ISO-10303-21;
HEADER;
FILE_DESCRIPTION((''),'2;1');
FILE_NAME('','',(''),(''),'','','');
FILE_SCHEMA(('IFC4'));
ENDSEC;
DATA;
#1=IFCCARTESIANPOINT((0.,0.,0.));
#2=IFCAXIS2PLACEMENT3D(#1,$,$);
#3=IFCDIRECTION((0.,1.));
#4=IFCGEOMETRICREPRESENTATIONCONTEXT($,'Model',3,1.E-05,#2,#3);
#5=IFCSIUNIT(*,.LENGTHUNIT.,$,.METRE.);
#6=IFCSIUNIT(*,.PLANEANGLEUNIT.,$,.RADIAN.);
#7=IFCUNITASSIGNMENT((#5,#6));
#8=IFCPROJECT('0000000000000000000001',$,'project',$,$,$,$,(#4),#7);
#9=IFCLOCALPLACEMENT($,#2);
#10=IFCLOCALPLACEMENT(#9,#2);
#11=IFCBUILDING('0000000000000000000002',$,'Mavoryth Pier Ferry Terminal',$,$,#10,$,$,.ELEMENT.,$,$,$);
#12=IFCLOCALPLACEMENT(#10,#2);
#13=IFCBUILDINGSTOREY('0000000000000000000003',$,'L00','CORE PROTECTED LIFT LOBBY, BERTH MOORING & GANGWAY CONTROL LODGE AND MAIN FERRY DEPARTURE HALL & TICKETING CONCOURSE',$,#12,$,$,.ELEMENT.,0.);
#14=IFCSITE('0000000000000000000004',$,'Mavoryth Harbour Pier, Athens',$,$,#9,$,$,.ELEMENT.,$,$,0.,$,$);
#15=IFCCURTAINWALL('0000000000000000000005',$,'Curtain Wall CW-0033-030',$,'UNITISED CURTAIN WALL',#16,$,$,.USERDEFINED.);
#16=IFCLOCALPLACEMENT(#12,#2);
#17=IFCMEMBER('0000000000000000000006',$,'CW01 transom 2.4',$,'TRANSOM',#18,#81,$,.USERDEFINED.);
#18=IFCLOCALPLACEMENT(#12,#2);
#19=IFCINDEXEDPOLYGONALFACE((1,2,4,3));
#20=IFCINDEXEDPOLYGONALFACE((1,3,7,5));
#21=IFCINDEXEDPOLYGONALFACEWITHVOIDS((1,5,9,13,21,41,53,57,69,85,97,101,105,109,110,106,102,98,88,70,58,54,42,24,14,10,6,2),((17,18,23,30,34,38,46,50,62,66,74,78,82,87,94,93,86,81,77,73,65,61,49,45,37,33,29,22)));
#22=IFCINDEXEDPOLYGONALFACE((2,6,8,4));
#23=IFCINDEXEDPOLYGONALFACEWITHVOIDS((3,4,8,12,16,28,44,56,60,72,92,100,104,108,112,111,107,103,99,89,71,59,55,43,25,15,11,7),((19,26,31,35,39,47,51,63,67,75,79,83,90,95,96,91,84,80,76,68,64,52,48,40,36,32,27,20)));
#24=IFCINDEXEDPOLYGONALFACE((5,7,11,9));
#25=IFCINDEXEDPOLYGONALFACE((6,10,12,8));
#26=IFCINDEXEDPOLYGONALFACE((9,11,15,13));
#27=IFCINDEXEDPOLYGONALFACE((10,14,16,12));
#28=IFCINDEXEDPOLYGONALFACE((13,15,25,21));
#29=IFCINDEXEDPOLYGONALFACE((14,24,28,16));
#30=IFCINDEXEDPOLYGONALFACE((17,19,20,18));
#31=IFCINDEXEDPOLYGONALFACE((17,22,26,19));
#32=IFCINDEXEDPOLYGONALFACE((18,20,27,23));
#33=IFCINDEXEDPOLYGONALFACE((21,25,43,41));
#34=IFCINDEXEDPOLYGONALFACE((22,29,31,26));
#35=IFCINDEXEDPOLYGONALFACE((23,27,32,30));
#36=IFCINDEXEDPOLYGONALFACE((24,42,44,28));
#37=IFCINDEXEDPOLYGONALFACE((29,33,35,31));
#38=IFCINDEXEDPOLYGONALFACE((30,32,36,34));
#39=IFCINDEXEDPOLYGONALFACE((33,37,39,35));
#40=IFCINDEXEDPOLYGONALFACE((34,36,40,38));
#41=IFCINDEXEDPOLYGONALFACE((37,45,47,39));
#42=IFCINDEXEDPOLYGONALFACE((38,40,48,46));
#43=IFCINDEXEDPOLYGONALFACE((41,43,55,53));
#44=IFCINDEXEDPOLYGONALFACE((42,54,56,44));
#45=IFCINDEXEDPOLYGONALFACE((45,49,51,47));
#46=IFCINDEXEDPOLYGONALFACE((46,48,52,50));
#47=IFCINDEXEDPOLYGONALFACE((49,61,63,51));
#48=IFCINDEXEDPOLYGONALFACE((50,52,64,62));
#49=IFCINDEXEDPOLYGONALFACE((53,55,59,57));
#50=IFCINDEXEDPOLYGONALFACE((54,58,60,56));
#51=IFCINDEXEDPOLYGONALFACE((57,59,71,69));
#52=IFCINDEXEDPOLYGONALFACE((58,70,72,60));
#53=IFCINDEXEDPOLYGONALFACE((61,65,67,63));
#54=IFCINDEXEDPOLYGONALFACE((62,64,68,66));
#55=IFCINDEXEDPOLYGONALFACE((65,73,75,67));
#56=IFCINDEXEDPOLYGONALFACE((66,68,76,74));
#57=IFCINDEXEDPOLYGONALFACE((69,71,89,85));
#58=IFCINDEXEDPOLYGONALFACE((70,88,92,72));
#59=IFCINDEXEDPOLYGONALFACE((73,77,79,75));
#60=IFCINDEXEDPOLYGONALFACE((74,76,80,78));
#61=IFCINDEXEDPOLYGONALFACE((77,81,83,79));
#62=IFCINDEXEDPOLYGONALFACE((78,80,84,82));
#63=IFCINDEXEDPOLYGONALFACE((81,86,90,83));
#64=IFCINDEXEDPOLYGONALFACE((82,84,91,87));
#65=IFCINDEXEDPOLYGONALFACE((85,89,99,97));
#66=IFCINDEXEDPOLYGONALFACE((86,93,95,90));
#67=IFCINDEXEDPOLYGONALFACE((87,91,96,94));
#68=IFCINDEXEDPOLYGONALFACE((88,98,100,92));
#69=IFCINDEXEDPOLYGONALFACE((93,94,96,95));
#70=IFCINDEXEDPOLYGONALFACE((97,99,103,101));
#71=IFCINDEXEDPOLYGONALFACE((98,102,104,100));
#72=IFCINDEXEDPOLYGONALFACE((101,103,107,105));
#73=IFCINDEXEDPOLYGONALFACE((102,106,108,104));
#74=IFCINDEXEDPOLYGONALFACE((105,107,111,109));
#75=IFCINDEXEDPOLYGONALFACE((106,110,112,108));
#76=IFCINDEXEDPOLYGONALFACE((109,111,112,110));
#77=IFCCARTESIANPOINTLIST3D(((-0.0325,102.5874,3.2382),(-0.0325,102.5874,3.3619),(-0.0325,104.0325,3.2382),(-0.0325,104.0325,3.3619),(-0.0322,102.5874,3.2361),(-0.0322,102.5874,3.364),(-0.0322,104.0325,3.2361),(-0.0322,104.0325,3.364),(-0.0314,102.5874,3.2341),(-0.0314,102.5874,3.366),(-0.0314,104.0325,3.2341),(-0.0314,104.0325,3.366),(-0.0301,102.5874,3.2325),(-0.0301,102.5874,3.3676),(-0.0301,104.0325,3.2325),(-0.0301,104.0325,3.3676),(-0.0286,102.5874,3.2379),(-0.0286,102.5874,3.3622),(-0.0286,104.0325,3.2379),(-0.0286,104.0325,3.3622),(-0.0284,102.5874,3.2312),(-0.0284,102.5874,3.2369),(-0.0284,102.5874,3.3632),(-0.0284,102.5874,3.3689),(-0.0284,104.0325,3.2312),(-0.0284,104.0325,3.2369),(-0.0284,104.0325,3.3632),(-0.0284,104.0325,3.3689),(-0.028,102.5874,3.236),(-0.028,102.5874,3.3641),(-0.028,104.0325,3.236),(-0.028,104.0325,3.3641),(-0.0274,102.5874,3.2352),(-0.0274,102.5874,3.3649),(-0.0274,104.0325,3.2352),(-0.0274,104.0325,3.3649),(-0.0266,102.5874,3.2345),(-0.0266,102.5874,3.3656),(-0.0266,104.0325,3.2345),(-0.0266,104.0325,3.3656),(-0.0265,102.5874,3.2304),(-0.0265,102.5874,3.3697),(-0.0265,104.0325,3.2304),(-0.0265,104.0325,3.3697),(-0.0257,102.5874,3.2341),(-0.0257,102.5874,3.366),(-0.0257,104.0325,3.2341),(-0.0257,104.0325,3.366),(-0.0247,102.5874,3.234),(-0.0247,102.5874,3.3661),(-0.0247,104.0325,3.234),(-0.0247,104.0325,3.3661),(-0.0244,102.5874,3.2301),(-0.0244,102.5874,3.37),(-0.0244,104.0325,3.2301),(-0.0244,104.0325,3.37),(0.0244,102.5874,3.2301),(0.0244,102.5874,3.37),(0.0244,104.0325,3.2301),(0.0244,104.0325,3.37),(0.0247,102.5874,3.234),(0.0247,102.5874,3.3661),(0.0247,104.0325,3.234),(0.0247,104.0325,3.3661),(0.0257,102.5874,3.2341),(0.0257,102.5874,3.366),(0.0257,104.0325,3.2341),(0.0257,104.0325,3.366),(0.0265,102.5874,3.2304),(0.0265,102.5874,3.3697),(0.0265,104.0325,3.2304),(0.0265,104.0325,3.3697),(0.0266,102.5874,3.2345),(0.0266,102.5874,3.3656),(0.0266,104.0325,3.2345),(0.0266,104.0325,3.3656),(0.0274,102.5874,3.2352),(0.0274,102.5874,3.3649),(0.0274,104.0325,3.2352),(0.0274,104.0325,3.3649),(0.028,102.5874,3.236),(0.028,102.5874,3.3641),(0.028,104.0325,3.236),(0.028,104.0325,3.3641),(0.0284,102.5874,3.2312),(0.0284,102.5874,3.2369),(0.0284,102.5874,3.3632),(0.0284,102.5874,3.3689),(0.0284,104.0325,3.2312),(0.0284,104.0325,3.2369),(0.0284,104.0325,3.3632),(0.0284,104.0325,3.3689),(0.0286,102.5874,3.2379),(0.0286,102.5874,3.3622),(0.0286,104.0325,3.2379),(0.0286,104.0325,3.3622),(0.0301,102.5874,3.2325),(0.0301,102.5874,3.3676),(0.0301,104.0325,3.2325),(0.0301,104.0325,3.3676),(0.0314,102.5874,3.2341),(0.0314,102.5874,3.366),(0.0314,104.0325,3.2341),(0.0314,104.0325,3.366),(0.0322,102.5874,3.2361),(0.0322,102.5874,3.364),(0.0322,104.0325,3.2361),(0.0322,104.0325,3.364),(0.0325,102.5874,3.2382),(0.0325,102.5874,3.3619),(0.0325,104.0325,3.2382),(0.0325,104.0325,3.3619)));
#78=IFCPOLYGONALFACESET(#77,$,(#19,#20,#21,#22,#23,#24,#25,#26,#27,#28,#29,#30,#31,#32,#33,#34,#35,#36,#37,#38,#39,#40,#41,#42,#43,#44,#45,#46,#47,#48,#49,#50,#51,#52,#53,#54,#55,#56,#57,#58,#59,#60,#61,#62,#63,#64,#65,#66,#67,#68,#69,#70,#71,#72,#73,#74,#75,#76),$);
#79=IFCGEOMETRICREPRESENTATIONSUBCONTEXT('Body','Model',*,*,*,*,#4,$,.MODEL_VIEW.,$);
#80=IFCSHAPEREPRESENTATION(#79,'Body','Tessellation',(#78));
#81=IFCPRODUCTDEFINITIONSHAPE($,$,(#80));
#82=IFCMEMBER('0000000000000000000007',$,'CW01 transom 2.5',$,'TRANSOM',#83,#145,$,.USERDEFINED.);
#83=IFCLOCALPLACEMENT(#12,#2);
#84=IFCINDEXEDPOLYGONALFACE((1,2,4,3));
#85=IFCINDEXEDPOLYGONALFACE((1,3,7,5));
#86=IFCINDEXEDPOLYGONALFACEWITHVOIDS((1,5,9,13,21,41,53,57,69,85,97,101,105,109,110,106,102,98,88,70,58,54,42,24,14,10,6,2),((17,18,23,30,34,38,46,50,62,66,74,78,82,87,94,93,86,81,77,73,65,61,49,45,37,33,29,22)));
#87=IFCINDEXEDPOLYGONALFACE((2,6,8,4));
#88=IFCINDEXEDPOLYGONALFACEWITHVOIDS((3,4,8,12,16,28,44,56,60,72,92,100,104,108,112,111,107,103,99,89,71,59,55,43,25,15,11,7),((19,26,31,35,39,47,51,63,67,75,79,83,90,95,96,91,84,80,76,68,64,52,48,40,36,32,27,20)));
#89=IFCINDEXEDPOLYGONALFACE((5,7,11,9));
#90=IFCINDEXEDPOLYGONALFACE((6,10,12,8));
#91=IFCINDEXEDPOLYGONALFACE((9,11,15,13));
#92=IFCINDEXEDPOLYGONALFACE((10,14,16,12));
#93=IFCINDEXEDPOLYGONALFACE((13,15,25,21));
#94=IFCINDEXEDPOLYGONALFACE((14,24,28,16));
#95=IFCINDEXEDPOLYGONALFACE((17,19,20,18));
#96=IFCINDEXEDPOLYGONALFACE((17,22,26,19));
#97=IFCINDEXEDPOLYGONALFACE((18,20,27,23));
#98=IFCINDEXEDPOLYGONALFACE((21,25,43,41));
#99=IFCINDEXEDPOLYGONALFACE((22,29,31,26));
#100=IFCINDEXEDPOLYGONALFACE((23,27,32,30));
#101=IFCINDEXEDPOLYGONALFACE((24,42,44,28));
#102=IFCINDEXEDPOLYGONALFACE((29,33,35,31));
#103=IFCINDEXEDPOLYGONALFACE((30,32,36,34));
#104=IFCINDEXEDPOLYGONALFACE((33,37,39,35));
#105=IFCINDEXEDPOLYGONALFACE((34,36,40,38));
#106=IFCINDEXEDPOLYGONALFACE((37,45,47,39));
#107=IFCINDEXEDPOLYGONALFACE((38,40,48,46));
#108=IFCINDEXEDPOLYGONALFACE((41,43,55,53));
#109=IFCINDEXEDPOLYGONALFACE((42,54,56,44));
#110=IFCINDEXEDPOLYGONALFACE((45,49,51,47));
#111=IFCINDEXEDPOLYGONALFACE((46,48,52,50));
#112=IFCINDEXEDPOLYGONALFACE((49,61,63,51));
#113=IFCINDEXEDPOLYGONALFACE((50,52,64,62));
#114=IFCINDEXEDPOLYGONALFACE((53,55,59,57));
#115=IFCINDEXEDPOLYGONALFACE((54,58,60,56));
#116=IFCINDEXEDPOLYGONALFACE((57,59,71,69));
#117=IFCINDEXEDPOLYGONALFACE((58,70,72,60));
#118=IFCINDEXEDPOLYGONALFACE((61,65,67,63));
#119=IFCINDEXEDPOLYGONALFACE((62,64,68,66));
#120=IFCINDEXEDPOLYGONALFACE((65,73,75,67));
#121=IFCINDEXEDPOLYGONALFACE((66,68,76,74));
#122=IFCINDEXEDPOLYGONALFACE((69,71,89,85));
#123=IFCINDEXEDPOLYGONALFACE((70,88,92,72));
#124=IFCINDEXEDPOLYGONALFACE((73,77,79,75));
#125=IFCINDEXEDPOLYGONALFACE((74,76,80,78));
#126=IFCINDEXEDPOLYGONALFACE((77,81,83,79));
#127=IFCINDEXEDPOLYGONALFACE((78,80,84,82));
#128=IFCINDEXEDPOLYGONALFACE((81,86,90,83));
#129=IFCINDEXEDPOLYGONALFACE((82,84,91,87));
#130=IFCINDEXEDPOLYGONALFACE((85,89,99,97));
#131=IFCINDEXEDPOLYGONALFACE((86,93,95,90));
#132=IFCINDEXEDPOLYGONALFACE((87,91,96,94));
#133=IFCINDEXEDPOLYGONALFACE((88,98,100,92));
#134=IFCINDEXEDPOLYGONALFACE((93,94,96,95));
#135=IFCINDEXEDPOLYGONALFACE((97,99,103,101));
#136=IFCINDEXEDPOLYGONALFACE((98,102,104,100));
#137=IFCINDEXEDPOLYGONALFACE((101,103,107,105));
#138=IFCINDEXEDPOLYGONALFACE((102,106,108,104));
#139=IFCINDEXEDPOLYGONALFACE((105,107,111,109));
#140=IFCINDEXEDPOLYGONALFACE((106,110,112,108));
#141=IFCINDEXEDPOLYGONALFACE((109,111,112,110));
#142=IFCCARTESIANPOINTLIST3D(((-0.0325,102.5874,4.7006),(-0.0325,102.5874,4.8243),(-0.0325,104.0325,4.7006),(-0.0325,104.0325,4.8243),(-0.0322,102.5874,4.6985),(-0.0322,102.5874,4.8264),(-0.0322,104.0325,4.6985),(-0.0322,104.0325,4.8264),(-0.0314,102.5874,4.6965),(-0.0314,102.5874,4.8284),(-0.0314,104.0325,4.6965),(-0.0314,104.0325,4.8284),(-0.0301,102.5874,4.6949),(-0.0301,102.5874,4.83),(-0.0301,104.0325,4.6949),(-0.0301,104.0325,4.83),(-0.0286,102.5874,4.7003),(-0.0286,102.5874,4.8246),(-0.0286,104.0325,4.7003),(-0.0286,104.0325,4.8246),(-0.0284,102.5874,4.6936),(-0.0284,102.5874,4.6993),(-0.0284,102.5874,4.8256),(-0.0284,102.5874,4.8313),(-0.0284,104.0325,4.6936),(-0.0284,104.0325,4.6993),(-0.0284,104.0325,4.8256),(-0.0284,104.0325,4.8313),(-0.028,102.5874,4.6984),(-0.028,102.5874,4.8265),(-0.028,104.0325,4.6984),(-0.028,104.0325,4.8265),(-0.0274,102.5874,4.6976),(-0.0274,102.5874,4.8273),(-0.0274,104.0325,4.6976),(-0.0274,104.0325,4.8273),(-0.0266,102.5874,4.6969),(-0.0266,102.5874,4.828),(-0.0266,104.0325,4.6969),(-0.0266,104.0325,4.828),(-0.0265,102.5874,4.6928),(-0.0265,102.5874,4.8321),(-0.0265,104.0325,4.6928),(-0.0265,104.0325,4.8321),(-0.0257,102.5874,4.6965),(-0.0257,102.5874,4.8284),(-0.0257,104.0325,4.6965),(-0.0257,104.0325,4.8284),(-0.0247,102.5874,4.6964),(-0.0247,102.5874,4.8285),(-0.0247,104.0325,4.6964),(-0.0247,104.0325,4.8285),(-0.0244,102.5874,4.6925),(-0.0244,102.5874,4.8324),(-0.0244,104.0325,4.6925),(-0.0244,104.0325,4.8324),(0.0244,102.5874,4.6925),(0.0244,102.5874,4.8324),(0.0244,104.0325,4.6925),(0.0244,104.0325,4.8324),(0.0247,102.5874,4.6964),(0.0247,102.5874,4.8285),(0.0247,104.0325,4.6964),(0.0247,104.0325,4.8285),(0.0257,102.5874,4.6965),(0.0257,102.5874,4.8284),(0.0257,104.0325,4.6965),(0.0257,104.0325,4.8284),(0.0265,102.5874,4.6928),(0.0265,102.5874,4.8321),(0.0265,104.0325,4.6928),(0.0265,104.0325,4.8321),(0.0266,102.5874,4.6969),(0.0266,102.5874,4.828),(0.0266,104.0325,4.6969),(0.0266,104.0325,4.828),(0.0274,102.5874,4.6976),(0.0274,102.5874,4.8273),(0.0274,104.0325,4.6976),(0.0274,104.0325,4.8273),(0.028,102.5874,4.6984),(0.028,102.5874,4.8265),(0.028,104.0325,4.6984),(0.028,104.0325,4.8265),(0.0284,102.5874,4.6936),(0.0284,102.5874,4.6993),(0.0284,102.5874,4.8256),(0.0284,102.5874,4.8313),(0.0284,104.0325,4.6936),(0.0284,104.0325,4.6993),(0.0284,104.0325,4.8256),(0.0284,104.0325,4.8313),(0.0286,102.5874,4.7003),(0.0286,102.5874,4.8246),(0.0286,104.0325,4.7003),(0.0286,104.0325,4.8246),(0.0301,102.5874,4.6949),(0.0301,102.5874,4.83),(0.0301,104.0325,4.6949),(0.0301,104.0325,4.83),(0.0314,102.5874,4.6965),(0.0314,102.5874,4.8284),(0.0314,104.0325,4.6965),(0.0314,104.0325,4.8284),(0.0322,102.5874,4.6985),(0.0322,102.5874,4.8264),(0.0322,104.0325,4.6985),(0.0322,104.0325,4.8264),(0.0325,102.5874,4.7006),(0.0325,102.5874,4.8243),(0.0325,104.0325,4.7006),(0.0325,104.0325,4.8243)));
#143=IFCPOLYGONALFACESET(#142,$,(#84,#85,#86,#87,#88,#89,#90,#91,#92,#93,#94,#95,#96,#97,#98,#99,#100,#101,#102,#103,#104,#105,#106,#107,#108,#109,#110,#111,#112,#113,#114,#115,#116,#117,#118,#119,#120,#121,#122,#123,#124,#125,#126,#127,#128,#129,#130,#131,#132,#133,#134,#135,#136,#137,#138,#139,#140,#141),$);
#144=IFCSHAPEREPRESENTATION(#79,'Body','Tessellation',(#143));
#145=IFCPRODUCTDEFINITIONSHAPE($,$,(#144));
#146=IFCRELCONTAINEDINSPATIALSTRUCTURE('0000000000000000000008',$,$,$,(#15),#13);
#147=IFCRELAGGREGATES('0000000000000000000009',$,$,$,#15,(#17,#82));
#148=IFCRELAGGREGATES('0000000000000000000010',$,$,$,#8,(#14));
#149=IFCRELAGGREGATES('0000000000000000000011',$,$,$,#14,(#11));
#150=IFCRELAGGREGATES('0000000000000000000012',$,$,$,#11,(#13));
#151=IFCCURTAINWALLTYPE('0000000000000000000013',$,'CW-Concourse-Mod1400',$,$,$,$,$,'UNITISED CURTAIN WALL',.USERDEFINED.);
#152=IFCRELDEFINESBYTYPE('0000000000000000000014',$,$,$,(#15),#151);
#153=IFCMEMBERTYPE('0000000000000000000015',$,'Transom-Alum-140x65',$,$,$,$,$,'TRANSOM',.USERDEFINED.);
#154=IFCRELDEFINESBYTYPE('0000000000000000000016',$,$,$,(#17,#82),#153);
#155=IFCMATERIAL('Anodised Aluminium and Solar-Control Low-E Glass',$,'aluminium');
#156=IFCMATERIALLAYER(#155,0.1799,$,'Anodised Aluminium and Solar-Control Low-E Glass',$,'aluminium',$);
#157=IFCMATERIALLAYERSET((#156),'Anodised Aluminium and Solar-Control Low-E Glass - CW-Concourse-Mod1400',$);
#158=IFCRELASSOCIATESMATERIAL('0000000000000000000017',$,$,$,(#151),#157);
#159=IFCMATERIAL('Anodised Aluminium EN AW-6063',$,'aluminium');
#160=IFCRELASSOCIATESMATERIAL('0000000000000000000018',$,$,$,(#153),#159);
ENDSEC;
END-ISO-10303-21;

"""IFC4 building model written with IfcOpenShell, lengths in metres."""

from ifc_helpers import new_model, si_unit, direction, frame, origin, origin_2d, place, context, subcontext, project, spatial, hollow_rectangle, extrude, material, layer, layer_set, material_profile, profile_set, type_object, element, aggregate, save


model = new_model("IFC4")

# Units and contexts
model_context = context("Model", 3, precision=1e-05, world=origin(), true_north=direction((0.0, 1.0)))
body_context = subcontext(model_context, "Body", "Model", "MODEL_VIEW")
ifc_project = project(units=[si_unit("LENGTHUNIT", "METRE"), si_unit("PLANEANGLEUNIT", "RADIAN")], contexts=[model_context])

# Site, building, storey
site_placement = place(None, origin())
site = spatial("IfcSite", under=ifc_project, at=site_placement, Name="Mavoryth Harbour Pier, Athens", CompositionType="ELEMENT", RefElevation=0.0)
building_placement = place(site_placement, origin())
building = spatial("IfcBuilding", under=site, at=building_placement, Name="Mavoryth Pier Ferry Terminal", CompositionType="ELEMENT")
storey_placement = place(building_placement, origin())
storey = spatial("IfcBuildingStorey", under=building, at=storey_placement, Name="L00", Description="CORE PROTECTED LIFT LOBBY, BERTH MOORING & GANGWAY CONTROL LODGE AND MAIN FERRY DEPARTURE HALL & TICKETING CONCOURSE", CompositionType="ELEMENT", Elevation=0.0)

# Curtain wall, members
ifc_material_1 = material(Name="Anodised Aluminium and Solar-Control Low-E Glass", Category="aluminium")
ifc_layer_1 = layer(ifc_material_1, 0.1799, Name="Anodised Aluminium and Solar-Control Low-E Glass", Category="aluminium")
ifc_layer_set_1 = layer_set([ifc_layer_1], Name="Anodised Aluminium and Solar-Control Low-E Glass - CW-Concourse-Mod1400")
curtain_wall_type = type_object("IfcCurtainWallType", Name="CW-Concourse-Mod1400", ElementType="UNITISED CURTAIN WALL", PredefinedType="USERDEFINED", material=ifc_layer_set_1)
curtain_wall_placement = place(storey_placement, origin())
curtain_wall = element("IfcCurtainWall", 1, at=curtain_wall_placement, inside=storey, type_object=curtain_wall_type, Name="Curtain Wall CW-0033-030", ObjectType="UNITISED CURTAIN WALL", PredefinedType="USERDEFINED")
ifc_material_2 = material(Name="Anodised Aluminium EN AW-6063", Category="aluminium")
ifc_material_profile_1 = material_profile(ifc_material_2, hollow_rectangle(XDim=0.0649, YDim=0.1399, WallThickness=0.0039, InnerFilletRadius=0.0039, OuterFilletRadius=0.0081, at=origin_2d()), Name="AL-TRAN 140x65x4", Category="aluminium")
ifc_profile_set_1 = profile_set([ifc_material_profile_1], Name="Anodised Aluminium EN AW-6063 - AL-TRAN 140x65x4")
member_type_1 = type_object("IfcMemberType", Name="Transom-Alum-140x65", ElementType="TRANSOM", PredefinedType="USERDEFINED", material=ifc_profile_set_1)
member_1_placement = place(storey_placement, frame((0.0, 104.0325, 3.3), z_axis=(0.0, -1.0, 0.0), x_axis=(1.0, 0.0, 0.0)))
member_1 = element("IfcMember", 2, at=member_1_placement, type_object=member_type_1, Name="CW01 transom 2.4", ObjectType="TRANSOM", PredefinedType="USERDEFINED", context=body_context, shape_type="SweptSolid", body=[
    extrude(hollow_rectangle(XDim=0.0649, YDim=0.1399, WallThickness=0.0039, InnerFilletRadius=0.0039, OuterFilletRadius=0.0081, at=origin_2d()), origin(), (0.0, 0.0, 1.0), 1.4451),
])
member_2_placement = place(storey_placement, frame((0.0, 104.0325, 4.7625), z_axis=(0.0, -1.0, 0.0), x_axis=(1.0, 0.0, 0.0)))
member_2 = element("IfcMember", 3, at=member_2_placement, type_object=member_type_1, Name="CW01 transom 2.5", ObjectType="TRANSOM", PredefinedType="USERDEFINED", context=body_context, shape_type="SweptSolid", body=[
    extrude(hollow_rectangle(XDim=0.0649, YDim=0.1399, WallThickness=0.0039, InnerFilletRadius=0.0039, OuterFilletRadius=0.0081, at=origin_2d()), origin(), (0.0, 0.0, 1.0), 1.4451),
])
aggregate(curtain_wall, [member_1, member_2])

save(model, "model.ifc")
